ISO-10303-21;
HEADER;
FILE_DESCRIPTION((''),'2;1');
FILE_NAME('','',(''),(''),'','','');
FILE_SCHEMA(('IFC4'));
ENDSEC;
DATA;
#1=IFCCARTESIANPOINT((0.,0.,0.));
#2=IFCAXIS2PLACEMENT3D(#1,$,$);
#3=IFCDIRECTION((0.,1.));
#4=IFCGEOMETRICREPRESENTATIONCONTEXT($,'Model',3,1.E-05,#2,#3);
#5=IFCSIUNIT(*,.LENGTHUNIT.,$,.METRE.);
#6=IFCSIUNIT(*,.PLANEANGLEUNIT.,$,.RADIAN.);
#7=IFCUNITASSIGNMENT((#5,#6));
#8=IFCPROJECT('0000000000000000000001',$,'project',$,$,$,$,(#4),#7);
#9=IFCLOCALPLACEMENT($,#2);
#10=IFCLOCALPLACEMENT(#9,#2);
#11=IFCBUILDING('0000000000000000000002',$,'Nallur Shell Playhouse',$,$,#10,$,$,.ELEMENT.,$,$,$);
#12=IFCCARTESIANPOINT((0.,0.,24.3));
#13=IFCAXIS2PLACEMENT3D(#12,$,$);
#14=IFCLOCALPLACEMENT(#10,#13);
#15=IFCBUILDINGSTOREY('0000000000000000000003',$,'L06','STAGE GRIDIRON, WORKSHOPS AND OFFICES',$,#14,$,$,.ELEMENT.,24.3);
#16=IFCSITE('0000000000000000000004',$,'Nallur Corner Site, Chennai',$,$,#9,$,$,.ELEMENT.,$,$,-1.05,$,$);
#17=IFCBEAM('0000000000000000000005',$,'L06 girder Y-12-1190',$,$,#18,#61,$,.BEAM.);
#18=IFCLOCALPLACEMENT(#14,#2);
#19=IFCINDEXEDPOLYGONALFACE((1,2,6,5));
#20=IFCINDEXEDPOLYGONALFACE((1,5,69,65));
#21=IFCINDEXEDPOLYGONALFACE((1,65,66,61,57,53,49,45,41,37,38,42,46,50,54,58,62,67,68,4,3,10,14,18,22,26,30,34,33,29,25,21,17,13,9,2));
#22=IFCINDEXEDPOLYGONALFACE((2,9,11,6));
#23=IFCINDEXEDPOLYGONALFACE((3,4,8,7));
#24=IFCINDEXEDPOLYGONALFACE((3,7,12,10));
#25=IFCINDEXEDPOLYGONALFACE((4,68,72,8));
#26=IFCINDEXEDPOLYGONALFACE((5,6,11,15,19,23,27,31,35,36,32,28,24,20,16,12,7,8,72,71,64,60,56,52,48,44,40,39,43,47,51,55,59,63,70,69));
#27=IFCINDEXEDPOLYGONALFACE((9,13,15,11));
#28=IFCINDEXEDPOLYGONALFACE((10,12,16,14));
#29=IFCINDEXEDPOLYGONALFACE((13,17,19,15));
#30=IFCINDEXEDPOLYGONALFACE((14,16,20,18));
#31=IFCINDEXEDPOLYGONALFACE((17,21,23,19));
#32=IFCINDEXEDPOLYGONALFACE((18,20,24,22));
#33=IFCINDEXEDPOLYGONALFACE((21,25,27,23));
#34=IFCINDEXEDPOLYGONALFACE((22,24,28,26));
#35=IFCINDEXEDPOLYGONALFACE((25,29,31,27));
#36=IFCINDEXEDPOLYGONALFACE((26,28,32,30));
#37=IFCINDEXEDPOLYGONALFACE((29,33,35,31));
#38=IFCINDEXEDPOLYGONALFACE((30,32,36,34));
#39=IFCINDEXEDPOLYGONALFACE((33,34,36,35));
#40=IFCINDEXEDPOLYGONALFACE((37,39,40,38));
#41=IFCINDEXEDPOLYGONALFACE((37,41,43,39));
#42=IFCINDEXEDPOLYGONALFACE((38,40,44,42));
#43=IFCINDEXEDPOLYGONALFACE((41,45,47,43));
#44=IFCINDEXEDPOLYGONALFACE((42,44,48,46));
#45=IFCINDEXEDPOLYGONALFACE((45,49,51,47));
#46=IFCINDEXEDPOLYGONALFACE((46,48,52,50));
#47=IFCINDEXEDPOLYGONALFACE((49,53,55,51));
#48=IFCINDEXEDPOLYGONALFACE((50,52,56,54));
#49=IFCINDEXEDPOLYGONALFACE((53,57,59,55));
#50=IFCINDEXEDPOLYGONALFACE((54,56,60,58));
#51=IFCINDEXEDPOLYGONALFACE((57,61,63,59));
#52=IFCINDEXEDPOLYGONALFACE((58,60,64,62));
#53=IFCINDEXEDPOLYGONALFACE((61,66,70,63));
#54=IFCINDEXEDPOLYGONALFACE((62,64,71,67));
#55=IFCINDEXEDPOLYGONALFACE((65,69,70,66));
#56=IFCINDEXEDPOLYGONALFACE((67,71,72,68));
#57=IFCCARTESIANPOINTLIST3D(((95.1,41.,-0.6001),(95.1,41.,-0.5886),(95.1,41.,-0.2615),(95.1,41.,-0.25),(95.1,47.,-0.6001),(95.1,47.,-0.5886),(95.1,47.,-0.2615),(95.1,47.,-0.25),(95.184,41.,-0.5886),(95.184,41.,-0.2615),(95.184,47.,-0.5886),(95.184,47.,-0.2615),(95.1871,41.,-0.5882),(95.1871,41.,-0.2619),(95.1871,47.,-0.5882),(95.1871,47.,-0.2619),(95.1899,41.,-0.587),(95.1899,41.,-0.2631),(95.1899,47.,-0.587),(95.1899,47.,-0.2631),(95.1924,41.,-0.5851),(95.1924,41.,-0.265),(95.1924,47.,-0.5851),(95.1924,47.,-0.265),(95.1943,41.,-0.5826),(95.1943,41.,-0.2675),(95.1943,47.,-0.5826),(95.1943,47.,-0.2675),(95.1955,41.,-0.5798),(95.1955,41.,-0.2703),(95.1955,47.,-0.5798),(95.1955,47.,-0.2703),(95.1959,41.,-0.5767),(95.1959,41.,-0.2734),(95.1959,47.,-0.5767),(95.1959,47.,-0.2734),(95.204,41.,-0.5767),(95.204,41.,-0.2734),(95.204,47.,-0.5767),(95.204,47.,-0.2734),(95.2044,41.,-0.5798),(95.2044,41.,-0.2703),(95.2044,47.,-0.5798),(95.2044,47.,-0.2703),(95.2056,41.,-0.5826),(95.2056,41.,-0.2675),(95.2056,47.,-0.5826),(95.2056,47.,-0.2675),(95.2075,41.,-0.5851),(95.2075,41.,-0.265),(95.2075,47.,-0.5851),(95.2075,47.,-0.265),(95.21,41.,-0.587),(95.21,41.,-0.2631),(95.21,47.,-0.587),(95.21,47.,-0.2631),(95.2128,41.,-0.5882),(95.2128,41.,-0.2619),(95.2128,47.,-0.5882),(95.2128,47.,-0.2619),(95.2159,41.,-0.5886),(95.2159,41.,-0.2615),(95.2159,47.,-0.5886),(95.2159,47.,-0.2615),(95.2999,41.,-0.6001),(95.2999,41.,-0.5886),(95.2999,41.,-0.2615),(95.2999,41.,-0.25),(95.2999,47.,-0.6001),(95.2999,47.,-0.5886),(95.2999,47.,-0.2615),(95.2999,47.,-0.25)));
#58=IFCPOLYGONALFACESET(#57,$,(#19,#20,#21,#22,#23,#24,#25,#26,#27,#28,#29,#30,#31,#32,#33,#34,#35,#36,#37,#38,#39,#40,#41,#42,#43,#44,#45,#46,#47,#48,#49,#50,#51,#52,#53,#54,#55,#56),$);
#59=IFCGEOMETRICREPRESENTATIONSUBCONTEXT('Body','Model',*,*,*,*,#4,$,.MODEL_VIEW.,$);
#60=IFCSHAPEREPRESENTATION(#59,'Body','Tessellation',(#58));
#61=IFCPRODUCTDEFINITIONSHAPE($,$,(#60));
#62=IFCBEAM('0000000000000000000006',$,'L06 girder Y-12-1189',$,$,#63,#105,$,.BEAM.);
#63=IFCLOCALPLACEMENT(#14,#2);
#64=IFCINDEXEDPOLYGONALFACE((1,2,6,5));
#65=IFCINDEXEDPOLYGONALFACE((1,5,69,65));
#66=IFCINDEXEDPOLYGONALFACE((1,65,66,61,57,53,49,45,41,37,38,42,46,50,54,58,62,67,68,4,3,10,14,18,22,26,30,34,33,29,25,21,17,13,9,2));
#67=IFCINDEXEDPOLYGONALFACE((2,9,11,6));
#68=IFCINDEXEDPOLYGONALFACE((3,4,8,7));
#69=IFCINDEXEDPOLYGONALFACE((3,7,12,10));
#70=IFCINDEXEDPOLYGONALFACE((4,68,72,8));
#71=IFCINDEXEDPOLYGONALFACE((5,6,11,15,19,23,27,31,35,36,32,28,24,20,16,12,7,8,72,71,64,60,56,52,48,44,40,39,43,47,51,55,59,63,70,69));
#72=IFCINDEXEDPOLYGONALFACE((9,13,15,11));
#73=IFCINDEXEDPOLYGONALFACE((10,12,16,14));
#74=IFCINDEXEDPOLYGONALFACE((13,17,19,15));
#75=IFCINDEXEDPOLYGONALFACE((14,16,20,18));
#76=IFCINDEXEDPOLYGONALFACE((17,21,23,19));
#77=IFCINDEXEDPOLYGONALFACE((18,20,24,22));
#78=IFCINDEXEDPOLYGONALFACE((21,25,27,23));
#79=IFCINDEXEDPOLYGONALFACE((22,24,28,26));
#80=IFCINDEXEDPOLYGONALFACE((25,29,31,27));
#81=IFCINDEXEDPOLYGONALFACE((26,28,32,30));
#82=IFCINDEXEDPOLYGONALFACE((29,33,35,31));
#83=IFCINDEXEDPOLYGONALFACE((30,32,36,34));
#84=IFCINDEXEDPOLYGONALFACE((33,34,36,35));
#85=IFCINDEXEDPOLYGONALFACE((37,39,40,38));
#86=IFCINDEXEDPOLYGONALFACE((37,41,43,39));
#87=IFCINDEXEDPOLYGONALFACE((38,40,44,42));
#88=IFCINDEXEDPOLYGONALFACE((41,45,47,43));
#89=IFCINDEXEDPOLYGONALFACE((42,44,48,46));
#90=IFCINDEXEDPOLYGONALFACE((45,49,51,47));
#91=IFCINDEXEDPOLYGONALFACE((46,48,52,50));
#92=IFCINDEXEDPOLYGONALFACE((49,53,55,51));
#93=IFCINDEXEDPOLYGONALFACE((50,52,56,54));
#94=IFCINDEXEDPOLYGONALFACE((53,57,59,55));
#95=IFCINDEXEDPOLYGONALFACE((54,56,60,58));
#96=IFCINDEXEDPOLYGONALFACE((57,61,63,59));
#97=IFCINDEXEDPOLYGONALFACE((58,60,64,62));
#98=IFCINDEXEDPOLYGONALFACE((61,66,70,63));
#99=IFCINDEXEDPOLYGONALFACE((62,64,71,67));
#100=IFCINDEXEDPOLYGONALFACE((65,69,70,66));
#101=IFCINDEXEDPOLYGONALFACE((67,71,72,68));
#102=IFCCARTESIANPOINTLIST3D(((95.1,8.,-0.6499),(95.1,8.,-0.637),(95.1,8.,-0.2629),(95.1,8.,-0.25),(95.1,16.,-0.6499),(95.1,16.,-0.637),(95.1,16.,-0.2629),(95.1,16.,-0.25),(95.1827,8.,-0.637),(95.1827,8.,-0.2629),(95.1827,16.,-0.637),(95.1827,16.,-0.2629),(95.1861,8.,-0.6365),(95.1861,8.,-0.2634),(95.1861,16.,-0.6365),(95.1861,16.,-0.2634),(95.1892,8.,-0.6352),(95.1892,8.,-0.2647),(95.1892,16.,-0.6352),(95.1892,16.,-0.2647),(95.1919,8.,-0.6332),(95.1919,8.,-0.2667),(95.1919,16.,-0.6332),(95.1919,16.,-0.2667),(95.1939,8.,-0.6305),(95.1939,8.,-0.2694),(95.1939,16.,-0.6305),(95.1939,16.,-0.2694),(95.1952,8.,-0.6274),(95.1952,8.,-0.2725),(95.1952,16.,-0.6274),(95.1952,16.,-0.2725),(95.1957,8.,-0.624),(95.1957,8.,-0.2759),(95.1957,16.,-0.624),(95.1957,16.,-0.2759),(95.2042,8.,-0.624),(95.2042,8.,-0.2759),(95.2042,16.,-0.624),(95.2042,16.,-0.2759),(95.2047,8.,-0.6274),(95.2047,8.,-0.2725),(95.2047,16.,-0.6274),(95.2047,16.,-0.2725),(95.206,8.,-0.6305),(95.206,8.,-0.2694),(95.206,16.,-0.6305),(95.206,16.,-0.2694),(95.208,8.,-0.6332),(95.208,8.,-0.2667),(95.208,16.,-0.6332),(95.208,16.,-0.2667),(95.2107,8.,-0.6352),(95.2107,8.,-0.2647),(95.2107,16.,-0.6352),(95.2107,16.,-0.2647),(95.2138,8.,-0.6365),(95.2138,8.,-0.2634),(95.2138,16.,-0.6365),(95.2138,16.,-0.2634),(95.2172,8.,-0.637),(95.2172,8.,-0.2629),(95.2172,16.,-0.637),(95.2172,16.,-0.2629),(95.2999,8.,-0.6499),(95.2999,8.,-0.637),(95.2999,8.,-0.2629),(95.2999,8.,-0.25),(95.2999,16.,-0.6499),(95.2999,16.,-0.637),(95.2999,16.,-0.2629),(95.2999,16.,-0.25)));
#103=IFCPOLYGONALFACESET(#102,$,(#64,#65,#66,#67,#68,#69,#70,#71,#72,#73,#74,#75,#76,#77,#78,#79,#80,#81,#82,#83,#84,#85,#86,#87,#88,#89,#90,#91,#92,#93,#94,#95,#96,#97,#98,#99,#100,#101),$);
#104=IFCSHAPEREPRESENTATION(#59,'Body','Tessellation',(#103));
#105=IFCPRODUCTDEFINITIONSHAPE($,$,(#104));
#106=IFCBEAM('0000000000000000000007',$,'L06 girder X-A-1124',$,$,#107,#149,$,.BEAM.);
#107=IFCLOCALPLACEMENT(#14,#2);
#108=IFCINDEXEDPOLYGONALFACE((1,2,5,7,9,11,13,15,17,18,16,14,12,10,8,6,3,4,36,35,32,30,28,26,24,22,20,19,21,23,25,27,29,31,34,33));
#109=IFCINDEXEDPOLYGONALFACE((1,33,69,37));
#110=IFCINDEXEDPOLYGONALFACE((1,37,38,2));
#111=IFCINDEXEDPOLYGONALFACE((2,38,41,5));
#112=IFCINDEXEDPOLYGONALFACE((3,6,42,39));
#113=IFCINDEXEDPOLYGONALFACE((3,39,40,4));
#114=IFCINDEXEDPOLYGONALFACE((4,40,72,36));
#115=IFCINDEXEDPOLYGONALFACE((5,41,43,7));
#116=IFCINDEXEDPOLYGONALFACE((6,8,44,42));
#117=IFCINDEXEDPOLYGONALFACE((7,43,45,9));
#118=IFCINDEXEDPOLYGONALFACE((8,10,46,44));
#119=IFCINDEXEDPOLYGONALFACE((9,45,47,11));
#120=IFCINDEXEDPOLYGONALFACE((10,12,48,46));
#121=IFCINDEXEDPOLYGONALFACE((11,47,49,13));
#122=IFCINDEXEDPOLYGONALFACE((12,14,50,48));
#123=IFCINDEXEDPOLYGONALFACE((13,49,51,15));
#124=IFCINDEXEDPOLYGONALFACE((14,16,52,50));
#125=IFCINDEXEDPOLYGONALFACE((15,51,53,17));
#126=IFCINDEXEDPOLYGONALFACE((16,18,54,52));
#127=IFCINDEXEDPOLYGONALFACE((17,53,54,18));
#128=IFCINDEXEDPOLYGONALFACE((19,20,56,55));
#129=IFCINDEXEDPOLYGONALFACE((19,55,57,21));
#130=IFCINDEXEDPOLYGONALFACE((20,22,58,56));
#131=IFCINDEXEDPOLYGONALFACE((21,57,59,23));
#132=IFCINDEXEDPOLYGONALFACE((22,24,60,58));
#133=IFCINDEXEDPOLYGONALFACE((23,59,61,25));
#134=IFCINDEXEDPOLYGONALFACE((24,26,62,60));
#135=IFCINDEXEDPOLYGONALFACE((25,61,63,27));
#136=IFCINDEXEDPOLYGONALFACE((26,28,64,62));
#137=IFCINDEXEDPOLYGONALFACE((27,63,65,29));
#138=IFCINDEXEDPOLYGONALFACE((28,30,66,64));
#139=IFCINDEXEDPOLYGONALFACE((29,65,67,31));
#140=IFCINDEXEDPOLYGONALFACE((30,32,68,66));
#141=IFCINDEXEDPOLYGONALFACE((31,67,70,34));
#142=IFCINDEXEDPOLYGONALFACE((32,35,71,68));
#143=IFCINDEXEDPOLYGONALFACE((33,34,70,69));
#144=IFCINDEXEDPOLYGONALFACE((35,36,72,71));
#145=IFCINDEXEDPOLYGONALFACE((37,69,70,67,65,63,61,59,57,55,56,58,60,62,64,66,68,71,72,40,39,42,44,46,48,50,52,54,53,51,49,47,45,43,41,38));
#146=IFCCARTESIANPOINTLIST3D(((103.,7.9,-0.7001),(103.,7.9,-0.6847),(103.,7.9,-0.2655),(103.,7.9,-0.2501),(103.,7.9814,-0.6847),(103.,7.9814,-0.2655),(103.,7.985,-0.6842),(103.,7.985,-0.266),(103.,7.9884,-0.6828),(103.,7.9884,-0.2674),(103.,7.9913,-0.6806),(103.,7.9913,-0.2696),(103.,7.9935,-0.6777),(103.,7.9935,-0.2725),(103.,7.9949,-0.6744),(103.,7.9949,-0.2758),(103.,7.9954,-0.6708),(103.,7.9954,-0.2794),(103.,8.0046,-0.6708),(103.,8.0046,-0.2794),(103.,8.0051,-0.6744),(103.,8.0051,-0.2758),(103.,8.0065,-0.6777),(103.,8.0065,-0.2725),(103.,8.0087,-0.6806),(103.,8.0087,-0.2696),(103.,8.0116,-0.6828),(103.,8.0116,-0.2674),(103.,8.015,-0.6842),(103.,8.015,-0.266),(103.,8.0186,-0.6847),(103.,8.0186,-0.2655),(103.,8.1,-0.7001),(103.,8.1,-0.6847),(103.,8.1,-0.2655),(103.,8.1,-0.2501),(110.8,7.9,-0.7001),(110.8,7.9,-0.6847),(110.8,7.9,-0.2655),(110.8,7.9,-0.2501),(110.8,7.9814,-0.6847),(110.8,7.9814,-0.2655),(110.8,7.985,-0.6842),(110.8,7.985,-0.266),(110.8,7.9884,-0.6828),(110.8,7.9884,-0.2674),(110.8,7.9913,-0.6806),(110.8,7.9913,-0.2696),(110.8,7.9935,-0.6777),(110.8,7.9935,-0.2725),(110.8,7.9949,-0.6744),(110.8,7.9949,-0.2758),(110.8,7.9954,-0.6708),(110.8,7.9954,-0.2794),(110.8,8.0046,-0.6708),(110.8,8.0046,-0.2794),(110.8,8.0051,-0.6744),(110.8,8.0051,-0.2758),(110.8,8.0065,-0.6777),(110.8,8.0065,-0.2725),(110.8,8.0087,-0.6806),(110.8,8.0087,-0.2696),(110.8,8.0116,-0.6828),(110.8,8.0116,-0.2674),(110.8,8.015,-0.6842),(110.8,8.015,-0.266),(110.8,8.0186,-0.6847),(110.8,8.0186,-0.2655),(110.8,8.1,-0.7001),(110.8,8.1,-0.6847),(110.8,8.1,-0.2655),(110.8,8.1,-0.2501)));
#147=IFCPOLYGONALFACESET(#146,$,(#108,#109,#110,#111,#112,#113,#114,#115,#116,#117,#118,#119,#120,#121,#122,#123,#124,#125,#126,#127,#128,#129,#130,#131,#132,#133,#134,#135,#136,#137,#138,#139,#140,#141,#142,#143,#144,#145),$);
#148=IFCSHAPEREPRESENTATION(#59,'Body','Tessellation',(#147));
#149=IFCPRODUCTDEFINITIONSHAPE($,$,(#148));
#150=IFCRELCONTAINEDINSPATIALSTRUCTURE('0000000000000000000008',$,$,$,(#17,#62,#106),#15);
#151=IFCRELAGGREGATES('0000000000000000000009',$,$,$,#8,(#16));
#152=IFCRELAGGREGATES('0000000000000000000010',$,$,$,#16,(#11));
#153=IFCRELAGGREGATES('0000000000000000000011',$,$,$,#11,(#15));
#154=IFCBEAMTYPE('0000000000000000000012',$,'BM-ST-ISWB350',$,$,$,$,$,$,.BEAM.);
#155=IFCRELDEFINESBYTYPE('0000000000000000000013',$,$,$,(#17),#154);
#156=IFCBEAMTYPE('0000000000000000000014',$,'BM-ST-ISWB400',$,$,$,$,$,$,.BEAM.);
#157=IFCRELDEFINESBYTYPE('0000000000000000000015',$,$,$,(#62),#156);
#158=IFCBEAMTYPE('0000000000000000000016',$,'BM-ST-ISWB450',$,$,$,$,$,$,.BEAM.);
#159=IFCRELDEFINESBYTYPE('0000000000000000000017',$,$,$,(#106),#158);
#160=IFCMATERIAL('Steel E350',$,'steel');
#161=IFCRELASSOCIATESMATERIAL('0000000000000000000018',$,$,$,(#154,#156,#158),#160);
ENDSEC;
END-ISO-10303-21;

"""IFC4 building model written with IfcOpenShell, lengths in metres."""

from ifc_helpers import new_model, si_unit, direction, frame, origin, origin_2d, place, context, subcontext, project, spatial, i_section, extrude, material, material_profile, profile_set, type_object, element, save


model = new_model("IFC4")

# Units and contexts
model_context = context("Model", 3, precision=1e-05, world=origin(), true_north=direction((0.0, 1.0)))
body_context = subcontext(model_context, "Body", "Model", "MODEL_VIEW")
ifc_project = project(units=[si_unit("LENGTHUNIT", "METRE"), si_unit("PLANEANGLEUNIT", "RADIAN")], contexts=[model_context])

# Site, building, storey
site_placement = place(None, origin())
site = spatial("IfcSite", under=ifc_project, at=site_placement, Name="Nallur Corner Site, Chennai", CompositionType="ELEMENT", RefElevation=-1.05)
building_placement = place(site_placement, origin())
building = spatial("IfcBuilding", under=site, at=building_placement, Name="Nallur Shell Playhouse", CompositionType="ELEMENT")
storey_placement = place(building_placement, frame((0.0, 0.0, 24.3)))
storey = spatial("IfcBuildingStorey", under=building, at=storey_placement, Name="L06", Description="STAGE GRIDIRON, WORKSHOPS AND OFFICES", CompositionType="ELEMENT", Elevation=24.3)

# Shared definitions
ifc_material_1 = material(Name="Steel E350", Category="steel")

# Beams
ifc_material_profile_1 = material_profile(ifc_material_1, i_section(OverallWidth=0.2, OverallDepth=0.3501, WebThickness=0.0081, FlangeThickness=0.0115, FilletRadius=0.012, at=origin_2d()), Name="ISWB 350")
ifc_profile_set_1 = profile_set([ifc_material_profile_1], Name="Steel E350")
beam_type_1 = type_object("IfcBeamType", Name="BM-ST-ISWB350", PredefinedType="BEAM", material=ifc_profile_set_1)
beam_1_placement = place(storey_placement, frame((95.2, 41.0, -0.425), z_axis=(0.0, 1.0, 0.0), x_axis=(-1.0, 0.0, 0.0)))
element("IfcBeam", 1, at=beam_1_placement, inside=storey, type_object=beam_type_1, Name="L06 girder Y-12-1190", PredefinedType="BEAM", context=body_context, shape_type="SweptSolid", body=[
    extrude(i_section(OverallWidth=0.2, OverallDepth=0.3501, WebThickness=0.0081, FlangeThickness=0.0115, FilletRadius=0.012, at=origin_2d()), origin(), (0.0, 0.0, 1.0), 6.0),
])
ifc_material_profile_2 = material_profile(ifc_material_1, i_section(OverallWidth=0.2, OverallDepth=0.3999, WebThickness=0.0085, FlangeThickness=0.0129, FilletRadius=0.0129, at=origin_2d()), Name="ISWB 400")
ifc_profile_set_2 = profile_set([ifc_material_profile_2], Name="Steel E350")
beam_type_2 = type_object("IfcBeamType", Name="BM-ST-ISWB400", PredefinedType="BEAM", material=ifc_profile_set_2)
beam_2_placement = place(storey_placement, frame((95.2, 8.0, -0.45), z_axis=(0.0, 1.0, 0.0), x_axis=(-1.0, 0.0, 0.0)))
element("IfcBeam", 2, at=beam_2_placement, inside=storey, type_object=beam_type_2, Name="L06 girder Y-12-1189", PredefinedType="BEAM", context=body_context, shape_type="SweptSolid", body=[
    extrude(i_section(OverallWidth=0.2, OverallDepth=0.3999, WebThickness=0.0085, FlangeThickness=0.0129, FilletRadius=0.0129, at=origin_2d()), origin(), (0.0, 0.0, 1.0), 8.0),
])
ifc_material_profile_3 = material_profile(ifc_material_1, i_section(OverallWidth=0.2, OverallDepth=0.45, WebThickness=0.0093, FlangeThickness=0.0154, FilletRadius=0.0139, at=origin_2d()), Name="ISWB 450")
ifc_profile_set_3 = profile_set([ifc_material_profile_3], Name="Steel E350")
beam_type_3 = type_object("IfcBeamType", Name="BM-ST-ISWB450", PredefinedType="BEAM", material=ifc_profile_set_3)
beam_3_placement = place(storey_placement, frame((103.0, 8.0, -0.4751), z_axis=(1.0, 0.0, 0.0), x_axis=(0.0, 1.0, 0.0)))
element("IfcBeam", 3, at=beam_3_placement, inside=storey, type_object=beam_type_3, Name="L06 girder X-A-1124", PredefinedType="BEAM", context=body_context, shape_type="SweptSolid", body=[
    extrude(i_section(OverallWidth=0.2, OverallDepth=0.45, WebThickness=0.0093, FlangeThickness=0.0154, FilletRadius=0.0139, at=origin_2d()), origin(), (0.0, 0.0, 1.0), 7.8),
])

save(model, "model.ifc")
